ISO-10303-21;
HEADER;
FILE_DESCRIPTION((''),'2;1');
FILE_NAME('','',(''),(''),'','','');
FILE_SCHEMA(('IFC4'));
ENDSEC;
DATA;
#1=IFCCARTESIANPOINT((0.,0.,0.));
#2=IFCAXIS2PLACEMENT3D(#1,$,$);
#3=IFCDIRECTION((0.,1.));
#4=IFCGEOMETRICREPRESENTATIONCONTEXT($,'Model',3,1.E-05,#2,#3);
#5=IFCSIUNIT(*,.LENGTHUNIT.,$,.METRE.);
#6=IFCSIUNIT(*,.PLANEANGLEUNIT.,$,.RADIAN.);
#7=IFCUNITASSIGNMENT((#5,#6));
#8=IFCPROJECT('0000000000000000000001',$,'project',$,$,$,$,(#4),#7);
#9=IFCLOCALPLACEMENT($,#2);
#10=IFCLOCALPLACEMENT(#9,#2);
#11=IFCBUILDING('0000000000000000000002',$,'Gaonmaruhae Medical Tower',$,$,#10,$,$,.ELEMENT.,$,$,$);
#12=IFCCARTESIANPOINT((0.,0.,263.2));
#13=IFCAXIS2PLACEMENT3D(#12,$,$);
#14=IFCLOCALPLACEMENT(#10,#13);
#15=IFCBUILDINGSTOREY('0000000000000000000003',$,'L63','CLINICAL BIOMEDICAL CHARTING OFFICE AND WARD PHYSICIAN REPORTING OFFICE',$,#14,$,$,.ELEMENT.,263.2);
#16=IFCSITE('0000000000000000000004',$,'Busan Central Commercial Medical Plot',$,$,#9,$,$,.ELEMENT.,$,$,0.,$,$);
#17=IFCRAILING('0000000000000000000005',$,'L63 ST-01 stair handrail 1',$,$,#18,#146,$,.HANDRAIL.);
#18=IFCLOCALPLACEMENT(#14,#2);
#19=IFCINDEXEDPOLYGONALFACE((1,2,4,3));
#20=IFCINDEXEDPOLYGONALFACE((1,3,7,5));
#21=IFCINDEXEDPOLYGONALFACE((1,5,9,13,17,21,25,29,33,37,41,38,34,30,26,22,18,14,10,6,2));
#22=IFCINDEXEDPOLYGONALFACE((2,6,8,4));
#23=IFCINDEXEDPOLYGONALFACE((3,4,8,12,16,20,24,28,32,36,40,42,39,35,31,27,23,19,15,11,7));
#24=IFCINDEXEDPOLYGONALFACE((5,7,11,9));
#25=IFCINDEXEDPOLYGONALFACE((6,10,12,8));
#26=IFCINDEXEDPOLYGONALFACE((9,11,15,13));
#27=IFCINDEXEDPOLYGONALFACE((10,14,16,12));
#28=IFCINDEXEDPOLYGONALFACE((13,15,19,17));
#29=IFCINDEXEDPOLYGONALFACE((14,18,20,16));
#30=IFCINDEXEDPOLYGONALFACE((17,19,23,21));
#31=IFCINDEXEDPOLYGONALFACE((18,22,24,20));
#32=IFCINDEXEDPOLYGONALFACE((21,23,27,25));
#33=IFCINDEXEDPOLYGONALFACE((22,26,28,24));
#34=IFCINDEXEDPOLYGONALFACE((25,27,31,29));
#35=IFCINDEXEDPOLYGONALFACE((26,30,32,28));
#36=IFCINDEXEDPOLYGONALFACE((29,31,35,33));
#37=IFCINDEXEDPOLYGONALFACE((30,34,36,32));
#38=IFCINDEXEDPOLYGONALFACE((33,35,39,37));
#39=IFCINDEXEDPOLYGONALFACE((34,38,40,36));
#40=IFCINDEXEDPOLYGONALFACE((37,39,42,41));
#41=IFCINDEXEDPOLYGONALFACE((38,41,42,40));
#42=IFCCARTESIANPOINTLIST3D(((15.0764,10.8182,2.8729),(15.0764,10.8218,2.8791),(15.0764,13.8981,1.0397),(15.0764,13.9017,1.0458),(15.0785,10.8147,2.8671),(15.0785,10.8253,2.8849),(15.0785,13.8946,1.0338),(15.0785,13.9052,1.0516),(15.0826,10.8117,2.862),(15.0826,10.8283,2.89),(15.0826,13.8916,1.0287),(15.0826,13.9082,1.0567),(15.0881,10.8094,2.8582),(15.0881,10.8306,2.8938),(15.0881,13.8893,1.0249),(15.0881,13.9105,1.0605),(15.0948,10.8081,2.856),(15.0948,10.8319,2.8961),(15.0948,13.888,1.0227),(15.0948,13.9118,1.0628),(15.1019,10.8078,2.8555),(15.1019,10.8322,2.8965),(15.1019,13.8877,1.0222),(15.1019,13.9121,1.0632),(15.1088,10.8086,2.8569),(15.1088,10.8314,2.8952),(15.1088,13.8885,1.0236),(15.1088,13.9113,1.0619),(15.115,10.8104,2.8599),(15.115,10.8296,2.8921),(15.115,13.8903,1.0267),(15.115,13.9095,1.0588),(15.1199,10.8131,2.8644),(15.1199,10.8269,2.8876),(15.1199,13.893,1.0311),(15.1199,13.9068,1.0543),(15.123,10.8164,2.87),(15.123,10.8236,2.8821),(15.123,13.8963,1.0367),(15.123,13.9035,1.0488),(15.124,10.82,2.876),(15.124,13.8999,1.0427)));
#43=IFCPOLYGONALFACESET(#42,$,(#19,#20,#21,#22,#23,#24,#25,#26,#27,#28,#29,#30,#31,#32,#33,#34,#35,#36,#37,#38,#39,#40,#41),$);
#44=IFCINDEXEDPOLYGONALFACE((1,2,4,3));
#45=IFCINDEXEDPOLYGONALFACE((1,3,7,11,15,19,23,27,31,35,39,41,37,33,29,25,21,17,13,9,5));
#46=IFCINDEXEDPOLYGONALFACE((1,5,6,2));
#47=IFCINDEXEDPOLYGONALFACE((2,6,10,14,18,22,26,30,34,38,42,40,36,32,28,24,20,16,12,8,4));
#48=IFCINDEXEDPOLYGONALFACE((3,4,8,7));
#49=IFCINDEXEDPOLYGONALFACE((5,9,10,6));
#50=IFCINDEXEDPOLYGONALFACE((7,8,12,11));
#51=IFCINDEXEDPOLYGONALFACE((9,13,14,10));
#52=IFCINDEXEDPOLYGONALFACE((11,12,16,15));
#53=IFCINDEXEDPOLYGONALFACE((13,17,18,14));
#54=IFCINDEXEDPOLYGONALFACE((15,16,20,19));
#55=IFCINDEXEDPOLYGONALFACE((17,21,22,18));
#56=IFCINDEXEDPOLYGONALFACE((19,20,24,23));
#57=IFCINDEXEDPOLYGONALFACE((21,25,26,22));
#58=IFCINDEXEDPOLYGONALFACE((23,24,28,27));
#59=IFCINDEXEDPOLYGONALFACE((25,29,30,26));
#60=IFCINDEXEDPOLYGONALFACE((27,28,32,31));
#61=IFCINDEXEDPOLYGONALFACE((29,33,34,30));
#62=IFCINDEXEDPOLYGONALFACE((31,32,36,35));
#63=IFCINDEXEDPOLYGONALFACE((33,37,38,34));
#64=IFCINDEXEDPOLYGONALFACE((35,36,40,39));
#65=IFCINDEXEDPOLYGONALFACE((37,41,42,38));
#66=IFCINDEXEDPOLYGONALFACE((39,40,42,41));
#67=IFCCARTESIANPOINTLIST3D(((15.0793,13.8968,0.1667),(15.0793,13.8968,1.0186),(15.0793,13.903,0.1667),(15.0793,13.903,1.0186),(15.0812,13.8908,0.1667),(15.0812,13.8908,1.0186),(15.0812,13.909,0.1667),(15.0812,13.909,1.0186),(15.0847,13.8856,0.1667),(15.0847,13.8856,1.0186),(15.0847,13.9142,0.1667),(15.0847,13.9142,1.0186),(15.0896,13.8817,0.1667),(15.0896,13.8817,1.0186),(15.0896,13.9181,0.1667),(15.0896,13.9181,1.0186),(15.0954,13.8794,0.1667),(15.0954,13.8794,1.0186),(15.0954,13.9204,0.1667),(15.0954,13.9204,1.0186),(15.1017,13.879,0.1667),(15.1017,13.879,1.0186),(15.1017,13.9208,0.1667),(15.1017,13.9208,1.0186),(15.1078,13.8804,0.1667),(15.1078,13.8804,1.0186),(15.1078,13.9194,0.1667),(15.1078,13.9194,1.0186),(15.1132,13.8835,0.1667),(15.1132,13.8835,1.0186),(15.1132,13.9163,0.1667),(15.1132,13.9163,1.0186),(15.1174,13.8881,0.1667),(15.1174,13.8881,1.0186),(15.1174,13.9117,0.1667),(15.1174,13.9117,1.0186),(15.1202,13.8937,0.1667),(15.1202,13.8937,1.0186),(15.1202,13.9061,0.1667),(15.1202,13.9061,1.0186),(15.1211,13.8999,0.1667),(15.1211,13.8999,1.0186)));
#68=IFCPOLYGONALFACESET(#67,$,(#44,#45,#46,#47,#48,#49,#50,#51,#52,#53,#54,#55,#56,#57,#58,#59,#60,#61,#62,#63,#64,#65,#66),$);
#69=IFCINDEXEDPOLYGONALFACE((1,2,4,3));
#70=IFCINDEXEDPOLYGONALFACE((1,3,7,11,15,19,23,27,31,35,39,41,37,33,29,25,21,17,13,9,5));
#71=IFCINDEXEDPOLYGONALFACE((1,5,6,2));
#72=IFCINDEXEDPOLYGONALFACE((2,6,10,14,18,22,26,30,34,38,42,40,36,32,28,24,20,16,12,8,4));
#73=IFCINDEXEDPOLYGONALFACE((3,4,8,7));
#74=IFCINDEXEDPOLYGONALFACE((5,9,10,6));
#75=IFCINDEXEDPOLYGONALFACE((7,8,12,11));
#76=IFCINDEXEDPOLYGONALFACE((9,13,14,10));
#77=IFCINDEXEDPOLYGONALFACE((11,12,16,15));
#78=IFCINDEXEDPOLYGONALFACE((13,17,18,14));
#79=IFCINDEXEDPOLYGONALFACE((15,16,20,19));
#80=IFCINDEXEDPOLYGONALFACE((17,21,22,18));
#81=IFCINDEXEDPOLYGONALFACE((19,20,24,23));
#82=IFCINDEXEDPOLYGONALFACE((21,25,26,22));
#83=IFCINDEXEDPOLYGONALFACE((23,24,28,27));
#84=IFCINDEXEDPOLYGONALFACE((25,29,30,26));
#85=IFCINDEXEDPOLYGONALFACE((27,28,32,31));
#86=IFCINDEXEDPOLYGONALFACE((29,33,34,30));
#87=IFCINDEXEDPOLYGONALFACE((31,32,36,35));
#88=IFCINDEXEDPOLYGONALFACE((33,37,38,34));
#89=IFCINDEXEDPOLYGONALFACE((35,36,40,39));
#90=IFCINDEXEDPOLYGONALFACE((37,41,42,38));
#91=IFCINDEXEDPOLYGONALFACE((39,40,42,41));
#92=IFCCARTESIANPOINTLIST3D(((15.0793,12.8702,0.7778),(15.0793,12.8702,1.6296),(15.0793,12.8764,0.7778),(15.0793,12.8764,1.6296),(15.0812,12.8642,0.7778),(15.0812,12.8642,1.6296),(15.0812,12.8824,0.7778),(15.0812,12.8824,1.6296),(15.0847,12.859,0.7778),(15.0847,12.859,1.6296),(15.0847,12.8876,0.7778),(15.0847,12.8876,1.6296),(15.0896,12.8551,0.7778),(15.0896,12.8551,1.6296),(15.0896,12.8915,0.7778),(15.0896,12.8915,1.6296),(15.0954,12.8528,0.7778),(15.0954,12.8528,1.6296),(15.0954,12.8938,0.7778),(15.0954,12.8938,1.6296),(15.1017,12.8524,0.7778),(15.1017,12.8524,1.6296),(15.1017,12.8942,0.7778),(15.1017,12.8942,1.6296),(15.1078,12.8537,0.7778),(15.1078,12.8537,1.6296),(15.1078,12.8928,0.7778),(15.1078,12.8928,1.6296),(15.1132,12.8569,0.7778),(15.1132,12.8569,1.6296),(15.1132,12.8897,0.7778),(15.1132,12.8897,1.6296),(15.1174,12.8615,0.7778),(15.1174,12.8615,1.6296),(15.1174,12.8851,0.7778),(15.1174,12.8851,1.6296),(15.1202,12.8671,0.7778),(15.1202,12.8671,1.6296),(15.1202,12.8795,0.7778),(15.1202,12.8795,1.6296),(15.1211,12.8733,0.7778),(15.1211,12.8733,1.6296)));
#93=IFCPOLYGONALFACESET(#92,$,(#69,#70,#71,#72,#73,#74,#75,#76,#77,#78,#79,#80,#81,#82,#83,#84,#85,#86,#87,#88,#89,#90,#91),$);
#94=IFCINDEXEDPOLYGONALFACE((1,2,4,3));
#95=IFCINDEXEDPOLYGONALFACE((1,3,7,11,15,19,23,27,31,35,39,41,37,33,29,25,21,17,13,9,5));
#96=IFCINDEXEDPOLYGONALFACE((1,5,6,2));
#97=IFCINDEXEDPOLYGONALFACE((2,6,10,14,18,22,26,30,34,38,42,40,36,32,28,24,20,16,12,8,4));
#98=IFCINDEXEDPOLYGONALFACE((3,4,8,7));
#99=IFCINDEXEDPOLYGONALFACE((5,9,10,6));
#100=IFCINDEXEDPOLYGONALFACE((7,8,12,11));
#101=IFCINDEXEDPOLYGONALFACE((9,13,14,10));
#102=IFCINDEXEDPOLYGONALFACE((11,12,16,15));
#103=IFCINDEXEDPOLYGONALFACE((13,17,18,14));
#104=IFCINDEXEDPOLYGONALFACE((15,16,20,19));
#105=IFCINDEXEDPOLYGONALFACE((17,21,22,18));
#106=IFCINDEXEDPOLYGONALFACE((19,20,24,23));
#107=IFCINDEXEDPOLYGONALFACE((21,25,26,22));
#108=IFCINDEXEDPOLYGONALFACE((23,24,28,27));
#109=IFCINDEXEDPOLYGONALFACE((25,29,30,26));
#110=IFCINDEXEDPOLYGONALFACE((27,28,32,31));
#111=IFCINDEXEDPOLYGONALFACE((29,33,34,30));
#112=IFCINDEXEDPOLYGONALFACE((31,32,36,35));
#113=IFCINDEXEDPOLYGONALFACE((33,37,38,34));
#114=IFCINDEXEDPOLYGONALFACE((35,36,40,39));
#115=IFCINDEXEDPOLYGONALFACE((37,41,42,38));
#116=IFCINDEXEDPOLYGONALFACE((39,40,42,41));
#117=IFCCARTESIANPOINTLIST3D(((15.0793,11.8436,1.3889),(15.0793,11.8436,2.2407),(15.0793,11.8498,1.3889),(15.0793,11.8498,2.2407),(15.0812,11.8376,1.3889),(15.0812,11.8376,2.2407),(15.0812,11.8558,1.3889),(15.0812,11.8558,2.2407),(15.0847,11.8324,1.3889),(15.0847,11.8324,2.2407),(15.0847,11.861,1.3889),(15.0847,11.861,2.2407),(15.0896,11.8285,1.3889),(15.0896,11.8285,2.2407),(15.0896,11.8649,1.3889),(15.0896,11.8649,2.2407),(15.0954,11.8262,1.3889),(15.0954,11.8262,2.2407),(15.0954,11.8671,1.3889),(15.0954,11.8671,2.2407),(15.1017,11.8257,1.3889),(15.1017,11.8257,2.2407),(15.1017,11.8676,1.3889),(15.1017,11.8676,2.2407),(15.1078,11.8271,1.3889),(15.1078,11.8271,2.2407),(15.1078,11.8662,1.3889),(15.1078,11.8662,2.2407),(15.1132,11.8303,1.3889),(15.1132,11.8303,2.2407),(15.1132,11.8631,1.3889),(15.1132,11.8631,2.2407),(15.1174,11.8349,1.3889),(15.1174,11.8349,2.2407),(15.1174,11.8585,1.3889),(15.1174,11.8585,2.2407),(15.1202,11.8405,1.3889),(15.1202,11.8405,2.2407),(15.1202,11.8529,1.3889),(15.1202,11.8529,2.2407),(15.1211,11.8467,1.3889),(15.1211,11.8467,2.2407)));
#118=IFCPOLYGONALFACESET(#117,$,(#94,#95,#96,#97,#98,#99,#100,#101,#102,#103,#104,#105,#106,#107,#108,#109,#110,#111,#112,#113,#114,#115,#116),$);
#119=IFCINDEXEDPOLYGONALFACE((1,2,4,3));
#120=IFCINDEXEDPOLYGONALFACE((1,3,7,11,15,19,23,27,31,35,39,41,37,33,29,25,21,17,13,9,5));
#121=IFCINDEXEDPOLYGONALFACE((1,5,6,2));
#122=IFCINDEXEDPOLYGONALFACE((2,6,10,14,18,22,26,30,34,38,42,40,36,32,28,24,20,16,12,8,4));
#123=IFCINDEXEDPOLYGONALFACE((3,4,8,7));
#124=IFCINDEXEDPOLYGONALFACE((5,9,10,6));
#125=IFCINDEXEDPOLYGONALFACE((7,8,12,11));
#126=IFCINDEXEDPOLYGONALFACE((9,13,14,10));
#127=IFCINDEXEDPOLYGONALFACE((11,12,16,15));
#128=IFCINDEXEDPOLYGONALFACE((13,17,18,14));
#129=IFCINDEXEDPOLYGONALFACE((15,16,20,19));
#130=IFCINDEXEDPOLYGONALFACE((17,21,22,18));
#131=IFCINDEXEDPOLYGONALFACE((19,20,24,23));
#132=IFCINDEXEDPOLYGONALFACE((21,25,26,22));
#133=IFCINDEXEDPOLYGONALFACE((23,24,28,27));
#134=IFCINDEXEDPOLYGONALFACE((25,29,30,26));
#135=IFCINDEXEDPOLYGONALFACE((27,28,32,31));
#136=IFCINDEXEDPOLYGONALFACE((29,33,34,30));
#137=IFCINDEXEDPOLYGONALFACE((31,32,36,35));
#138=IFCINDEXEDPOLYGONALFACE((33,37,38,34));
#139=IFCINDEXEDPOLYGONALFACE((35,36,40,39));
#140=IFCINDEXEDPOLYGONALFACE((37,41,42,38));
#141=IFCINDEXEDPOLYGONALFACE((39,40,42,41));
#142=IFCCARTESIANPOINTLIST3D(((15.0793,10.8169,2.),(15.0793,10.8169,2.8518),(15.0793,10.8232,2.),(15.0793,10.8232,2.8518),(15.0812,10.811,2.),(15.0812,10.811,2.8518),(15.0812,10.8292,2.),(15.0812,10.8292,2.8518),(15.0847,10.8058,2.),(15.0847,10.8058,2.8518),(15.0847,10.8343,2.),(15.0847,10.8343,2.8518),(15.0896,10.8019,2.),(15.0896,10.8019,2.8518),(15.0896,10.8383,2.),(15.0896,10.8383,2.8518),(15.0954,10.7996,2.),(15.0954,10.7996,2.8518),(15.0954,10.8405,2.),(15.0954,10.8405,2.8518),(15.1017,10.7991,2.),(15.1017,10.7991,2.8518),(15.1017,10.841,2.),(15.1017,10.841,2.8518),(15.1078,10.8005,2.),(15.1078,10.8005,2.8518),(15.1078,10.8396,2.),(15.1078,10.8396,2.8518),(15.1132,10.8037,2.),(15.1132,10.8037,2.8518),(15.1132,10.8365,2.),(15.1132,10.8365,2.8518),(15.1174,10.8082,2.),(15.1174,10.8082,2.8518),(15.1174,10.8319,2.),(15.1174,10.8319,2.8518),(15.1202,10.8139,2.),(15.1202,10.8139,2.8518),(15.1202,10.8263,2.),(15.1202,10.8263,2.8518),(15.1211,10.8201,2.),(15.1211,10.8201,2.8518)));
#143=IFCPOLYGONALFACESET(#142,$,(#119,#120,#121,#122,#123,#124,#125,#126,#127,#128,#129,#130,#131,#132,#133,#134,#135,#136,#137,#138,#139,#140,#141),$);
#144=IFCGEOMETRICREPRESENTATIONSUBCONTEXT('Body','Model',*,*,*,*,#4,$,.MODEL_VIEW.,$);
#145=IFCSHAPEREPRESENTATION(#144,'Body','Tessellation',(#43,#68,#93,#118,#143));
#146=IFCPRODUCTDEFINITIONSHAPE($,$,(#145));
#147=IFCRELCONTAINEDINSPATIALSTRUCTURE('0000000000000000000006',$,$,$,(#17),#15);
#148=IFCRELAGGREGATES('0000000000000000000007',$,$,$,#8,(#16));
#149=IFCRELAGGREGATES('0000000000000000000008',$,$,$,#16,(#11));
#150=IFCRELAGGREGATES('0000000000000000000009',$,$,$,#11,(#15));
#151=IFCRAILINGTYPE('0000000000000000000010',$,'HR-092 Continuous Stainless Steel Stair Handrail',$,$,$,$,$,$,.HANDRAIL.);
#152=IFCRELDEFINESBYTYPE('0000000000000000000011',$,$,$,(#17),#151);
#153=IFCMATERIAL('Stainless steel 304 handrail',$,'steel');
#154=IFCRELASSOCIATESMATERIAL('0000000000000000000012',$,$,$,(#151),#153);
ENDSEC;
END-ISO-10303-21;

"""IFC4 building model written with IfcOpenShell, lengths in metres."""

from ifc_helpers import new_model, si_unit, direction, frame, origin, origin_2d, place, context, subcontext, project, spatial, circle, extrude, material, type_object, element, save


model = new_model("IFC4")

# Units and contexts
model_context = context("Model", 3, precision=1e-05, world=origin(), true_north=direction((0.0, 1.0)))
body_context = subcontext(model_context, "Body", "Model", "MODEL_VIEW")
ifc_project = project(units=[si_unit("LENGTHUNIT", "METRE"), si_unit("PLANEANGLEUNIT", "RADIAN")], contexts=[model_context])

# Site, building, storey
site_placement = place(None, origin())
site = spatial("IfcSite", under=ifc_project, at=site_placement, Name="Busan Central Commercial Medical Plot", CompositionType="ELEMENT", RefElevation=0.0)
building_placement = place(site_placement, origin())
building = spatial("IfcBuilding", under=site, at=building_placement, Name="Gaonmaruhae Medical Tower", CompositionType="ELEMENT")
storey_placement = place(building_placement, frame((0.0, 0.0, 263.2)))
storey = spatial("IfcBuildingStorey", under=building, at=storey_placement, Name="L63", Description="CLINICAL BIOMEDICAL CHARTING OFFICE AND WARD PHYSICIAN REPORTING OFFICE", CompositionType="ELEMENT", Elevation=263.2)

# Railing
ifc_material_1 = material(Name="Stainless steel 304 handrail", Category="steel")
railing_type_1 = type_object("IfcRailingType", Name="HR-092 Continuous Stainless Steel Stair Handrail", PredefinedType="HANDRAIL", material=ifc_material_1)
railing_1_placement = place(storey_placement, frame((15.1001, 13.8999, 0.1667)))
element("IfcRailing", 1, at=railing_1_placement, inside=storey, type_object=railing_type_1, Name="L63 ST-01 stair handrail 1", PredefinedType="HANDRAIL", context=body_context, shape_type="SweptSolid", body=[
    extrude(circle(Radius=0.0239, at=origin_2d()), frame((0.0, 0.0, 0.876), z_axis=(0.0, -0.859291, 0.511487), x_axis=(1.0, 0.0, 0.0)), (0.0, 0.0, 1.0), 3.5842),
    extrude(circle(Radius=0.021, at=origin_2d()), origin(), (0.0, 0.0, 1.0), 0.8518),
    extrude(circle(Radius=0.021, at=origin_2d()), frame((0.0, -1.0266, 0.6111)), (0.0, 0.0, 1.0), 0.8518),
    extrude(circle(Radius=0.021, at=origin_2d()), frame((0.0, -2.0532, 1.2222)), (0.0, 0.0, 1.0), 0.8518),
    extrude(circle(Radius=0.021, at=origin_2d()), frame((0.0, -3.0798, 1.8333)), (0.0, 0.0, 1.0), 0.8518),
])

save(model, "model.ifc")
